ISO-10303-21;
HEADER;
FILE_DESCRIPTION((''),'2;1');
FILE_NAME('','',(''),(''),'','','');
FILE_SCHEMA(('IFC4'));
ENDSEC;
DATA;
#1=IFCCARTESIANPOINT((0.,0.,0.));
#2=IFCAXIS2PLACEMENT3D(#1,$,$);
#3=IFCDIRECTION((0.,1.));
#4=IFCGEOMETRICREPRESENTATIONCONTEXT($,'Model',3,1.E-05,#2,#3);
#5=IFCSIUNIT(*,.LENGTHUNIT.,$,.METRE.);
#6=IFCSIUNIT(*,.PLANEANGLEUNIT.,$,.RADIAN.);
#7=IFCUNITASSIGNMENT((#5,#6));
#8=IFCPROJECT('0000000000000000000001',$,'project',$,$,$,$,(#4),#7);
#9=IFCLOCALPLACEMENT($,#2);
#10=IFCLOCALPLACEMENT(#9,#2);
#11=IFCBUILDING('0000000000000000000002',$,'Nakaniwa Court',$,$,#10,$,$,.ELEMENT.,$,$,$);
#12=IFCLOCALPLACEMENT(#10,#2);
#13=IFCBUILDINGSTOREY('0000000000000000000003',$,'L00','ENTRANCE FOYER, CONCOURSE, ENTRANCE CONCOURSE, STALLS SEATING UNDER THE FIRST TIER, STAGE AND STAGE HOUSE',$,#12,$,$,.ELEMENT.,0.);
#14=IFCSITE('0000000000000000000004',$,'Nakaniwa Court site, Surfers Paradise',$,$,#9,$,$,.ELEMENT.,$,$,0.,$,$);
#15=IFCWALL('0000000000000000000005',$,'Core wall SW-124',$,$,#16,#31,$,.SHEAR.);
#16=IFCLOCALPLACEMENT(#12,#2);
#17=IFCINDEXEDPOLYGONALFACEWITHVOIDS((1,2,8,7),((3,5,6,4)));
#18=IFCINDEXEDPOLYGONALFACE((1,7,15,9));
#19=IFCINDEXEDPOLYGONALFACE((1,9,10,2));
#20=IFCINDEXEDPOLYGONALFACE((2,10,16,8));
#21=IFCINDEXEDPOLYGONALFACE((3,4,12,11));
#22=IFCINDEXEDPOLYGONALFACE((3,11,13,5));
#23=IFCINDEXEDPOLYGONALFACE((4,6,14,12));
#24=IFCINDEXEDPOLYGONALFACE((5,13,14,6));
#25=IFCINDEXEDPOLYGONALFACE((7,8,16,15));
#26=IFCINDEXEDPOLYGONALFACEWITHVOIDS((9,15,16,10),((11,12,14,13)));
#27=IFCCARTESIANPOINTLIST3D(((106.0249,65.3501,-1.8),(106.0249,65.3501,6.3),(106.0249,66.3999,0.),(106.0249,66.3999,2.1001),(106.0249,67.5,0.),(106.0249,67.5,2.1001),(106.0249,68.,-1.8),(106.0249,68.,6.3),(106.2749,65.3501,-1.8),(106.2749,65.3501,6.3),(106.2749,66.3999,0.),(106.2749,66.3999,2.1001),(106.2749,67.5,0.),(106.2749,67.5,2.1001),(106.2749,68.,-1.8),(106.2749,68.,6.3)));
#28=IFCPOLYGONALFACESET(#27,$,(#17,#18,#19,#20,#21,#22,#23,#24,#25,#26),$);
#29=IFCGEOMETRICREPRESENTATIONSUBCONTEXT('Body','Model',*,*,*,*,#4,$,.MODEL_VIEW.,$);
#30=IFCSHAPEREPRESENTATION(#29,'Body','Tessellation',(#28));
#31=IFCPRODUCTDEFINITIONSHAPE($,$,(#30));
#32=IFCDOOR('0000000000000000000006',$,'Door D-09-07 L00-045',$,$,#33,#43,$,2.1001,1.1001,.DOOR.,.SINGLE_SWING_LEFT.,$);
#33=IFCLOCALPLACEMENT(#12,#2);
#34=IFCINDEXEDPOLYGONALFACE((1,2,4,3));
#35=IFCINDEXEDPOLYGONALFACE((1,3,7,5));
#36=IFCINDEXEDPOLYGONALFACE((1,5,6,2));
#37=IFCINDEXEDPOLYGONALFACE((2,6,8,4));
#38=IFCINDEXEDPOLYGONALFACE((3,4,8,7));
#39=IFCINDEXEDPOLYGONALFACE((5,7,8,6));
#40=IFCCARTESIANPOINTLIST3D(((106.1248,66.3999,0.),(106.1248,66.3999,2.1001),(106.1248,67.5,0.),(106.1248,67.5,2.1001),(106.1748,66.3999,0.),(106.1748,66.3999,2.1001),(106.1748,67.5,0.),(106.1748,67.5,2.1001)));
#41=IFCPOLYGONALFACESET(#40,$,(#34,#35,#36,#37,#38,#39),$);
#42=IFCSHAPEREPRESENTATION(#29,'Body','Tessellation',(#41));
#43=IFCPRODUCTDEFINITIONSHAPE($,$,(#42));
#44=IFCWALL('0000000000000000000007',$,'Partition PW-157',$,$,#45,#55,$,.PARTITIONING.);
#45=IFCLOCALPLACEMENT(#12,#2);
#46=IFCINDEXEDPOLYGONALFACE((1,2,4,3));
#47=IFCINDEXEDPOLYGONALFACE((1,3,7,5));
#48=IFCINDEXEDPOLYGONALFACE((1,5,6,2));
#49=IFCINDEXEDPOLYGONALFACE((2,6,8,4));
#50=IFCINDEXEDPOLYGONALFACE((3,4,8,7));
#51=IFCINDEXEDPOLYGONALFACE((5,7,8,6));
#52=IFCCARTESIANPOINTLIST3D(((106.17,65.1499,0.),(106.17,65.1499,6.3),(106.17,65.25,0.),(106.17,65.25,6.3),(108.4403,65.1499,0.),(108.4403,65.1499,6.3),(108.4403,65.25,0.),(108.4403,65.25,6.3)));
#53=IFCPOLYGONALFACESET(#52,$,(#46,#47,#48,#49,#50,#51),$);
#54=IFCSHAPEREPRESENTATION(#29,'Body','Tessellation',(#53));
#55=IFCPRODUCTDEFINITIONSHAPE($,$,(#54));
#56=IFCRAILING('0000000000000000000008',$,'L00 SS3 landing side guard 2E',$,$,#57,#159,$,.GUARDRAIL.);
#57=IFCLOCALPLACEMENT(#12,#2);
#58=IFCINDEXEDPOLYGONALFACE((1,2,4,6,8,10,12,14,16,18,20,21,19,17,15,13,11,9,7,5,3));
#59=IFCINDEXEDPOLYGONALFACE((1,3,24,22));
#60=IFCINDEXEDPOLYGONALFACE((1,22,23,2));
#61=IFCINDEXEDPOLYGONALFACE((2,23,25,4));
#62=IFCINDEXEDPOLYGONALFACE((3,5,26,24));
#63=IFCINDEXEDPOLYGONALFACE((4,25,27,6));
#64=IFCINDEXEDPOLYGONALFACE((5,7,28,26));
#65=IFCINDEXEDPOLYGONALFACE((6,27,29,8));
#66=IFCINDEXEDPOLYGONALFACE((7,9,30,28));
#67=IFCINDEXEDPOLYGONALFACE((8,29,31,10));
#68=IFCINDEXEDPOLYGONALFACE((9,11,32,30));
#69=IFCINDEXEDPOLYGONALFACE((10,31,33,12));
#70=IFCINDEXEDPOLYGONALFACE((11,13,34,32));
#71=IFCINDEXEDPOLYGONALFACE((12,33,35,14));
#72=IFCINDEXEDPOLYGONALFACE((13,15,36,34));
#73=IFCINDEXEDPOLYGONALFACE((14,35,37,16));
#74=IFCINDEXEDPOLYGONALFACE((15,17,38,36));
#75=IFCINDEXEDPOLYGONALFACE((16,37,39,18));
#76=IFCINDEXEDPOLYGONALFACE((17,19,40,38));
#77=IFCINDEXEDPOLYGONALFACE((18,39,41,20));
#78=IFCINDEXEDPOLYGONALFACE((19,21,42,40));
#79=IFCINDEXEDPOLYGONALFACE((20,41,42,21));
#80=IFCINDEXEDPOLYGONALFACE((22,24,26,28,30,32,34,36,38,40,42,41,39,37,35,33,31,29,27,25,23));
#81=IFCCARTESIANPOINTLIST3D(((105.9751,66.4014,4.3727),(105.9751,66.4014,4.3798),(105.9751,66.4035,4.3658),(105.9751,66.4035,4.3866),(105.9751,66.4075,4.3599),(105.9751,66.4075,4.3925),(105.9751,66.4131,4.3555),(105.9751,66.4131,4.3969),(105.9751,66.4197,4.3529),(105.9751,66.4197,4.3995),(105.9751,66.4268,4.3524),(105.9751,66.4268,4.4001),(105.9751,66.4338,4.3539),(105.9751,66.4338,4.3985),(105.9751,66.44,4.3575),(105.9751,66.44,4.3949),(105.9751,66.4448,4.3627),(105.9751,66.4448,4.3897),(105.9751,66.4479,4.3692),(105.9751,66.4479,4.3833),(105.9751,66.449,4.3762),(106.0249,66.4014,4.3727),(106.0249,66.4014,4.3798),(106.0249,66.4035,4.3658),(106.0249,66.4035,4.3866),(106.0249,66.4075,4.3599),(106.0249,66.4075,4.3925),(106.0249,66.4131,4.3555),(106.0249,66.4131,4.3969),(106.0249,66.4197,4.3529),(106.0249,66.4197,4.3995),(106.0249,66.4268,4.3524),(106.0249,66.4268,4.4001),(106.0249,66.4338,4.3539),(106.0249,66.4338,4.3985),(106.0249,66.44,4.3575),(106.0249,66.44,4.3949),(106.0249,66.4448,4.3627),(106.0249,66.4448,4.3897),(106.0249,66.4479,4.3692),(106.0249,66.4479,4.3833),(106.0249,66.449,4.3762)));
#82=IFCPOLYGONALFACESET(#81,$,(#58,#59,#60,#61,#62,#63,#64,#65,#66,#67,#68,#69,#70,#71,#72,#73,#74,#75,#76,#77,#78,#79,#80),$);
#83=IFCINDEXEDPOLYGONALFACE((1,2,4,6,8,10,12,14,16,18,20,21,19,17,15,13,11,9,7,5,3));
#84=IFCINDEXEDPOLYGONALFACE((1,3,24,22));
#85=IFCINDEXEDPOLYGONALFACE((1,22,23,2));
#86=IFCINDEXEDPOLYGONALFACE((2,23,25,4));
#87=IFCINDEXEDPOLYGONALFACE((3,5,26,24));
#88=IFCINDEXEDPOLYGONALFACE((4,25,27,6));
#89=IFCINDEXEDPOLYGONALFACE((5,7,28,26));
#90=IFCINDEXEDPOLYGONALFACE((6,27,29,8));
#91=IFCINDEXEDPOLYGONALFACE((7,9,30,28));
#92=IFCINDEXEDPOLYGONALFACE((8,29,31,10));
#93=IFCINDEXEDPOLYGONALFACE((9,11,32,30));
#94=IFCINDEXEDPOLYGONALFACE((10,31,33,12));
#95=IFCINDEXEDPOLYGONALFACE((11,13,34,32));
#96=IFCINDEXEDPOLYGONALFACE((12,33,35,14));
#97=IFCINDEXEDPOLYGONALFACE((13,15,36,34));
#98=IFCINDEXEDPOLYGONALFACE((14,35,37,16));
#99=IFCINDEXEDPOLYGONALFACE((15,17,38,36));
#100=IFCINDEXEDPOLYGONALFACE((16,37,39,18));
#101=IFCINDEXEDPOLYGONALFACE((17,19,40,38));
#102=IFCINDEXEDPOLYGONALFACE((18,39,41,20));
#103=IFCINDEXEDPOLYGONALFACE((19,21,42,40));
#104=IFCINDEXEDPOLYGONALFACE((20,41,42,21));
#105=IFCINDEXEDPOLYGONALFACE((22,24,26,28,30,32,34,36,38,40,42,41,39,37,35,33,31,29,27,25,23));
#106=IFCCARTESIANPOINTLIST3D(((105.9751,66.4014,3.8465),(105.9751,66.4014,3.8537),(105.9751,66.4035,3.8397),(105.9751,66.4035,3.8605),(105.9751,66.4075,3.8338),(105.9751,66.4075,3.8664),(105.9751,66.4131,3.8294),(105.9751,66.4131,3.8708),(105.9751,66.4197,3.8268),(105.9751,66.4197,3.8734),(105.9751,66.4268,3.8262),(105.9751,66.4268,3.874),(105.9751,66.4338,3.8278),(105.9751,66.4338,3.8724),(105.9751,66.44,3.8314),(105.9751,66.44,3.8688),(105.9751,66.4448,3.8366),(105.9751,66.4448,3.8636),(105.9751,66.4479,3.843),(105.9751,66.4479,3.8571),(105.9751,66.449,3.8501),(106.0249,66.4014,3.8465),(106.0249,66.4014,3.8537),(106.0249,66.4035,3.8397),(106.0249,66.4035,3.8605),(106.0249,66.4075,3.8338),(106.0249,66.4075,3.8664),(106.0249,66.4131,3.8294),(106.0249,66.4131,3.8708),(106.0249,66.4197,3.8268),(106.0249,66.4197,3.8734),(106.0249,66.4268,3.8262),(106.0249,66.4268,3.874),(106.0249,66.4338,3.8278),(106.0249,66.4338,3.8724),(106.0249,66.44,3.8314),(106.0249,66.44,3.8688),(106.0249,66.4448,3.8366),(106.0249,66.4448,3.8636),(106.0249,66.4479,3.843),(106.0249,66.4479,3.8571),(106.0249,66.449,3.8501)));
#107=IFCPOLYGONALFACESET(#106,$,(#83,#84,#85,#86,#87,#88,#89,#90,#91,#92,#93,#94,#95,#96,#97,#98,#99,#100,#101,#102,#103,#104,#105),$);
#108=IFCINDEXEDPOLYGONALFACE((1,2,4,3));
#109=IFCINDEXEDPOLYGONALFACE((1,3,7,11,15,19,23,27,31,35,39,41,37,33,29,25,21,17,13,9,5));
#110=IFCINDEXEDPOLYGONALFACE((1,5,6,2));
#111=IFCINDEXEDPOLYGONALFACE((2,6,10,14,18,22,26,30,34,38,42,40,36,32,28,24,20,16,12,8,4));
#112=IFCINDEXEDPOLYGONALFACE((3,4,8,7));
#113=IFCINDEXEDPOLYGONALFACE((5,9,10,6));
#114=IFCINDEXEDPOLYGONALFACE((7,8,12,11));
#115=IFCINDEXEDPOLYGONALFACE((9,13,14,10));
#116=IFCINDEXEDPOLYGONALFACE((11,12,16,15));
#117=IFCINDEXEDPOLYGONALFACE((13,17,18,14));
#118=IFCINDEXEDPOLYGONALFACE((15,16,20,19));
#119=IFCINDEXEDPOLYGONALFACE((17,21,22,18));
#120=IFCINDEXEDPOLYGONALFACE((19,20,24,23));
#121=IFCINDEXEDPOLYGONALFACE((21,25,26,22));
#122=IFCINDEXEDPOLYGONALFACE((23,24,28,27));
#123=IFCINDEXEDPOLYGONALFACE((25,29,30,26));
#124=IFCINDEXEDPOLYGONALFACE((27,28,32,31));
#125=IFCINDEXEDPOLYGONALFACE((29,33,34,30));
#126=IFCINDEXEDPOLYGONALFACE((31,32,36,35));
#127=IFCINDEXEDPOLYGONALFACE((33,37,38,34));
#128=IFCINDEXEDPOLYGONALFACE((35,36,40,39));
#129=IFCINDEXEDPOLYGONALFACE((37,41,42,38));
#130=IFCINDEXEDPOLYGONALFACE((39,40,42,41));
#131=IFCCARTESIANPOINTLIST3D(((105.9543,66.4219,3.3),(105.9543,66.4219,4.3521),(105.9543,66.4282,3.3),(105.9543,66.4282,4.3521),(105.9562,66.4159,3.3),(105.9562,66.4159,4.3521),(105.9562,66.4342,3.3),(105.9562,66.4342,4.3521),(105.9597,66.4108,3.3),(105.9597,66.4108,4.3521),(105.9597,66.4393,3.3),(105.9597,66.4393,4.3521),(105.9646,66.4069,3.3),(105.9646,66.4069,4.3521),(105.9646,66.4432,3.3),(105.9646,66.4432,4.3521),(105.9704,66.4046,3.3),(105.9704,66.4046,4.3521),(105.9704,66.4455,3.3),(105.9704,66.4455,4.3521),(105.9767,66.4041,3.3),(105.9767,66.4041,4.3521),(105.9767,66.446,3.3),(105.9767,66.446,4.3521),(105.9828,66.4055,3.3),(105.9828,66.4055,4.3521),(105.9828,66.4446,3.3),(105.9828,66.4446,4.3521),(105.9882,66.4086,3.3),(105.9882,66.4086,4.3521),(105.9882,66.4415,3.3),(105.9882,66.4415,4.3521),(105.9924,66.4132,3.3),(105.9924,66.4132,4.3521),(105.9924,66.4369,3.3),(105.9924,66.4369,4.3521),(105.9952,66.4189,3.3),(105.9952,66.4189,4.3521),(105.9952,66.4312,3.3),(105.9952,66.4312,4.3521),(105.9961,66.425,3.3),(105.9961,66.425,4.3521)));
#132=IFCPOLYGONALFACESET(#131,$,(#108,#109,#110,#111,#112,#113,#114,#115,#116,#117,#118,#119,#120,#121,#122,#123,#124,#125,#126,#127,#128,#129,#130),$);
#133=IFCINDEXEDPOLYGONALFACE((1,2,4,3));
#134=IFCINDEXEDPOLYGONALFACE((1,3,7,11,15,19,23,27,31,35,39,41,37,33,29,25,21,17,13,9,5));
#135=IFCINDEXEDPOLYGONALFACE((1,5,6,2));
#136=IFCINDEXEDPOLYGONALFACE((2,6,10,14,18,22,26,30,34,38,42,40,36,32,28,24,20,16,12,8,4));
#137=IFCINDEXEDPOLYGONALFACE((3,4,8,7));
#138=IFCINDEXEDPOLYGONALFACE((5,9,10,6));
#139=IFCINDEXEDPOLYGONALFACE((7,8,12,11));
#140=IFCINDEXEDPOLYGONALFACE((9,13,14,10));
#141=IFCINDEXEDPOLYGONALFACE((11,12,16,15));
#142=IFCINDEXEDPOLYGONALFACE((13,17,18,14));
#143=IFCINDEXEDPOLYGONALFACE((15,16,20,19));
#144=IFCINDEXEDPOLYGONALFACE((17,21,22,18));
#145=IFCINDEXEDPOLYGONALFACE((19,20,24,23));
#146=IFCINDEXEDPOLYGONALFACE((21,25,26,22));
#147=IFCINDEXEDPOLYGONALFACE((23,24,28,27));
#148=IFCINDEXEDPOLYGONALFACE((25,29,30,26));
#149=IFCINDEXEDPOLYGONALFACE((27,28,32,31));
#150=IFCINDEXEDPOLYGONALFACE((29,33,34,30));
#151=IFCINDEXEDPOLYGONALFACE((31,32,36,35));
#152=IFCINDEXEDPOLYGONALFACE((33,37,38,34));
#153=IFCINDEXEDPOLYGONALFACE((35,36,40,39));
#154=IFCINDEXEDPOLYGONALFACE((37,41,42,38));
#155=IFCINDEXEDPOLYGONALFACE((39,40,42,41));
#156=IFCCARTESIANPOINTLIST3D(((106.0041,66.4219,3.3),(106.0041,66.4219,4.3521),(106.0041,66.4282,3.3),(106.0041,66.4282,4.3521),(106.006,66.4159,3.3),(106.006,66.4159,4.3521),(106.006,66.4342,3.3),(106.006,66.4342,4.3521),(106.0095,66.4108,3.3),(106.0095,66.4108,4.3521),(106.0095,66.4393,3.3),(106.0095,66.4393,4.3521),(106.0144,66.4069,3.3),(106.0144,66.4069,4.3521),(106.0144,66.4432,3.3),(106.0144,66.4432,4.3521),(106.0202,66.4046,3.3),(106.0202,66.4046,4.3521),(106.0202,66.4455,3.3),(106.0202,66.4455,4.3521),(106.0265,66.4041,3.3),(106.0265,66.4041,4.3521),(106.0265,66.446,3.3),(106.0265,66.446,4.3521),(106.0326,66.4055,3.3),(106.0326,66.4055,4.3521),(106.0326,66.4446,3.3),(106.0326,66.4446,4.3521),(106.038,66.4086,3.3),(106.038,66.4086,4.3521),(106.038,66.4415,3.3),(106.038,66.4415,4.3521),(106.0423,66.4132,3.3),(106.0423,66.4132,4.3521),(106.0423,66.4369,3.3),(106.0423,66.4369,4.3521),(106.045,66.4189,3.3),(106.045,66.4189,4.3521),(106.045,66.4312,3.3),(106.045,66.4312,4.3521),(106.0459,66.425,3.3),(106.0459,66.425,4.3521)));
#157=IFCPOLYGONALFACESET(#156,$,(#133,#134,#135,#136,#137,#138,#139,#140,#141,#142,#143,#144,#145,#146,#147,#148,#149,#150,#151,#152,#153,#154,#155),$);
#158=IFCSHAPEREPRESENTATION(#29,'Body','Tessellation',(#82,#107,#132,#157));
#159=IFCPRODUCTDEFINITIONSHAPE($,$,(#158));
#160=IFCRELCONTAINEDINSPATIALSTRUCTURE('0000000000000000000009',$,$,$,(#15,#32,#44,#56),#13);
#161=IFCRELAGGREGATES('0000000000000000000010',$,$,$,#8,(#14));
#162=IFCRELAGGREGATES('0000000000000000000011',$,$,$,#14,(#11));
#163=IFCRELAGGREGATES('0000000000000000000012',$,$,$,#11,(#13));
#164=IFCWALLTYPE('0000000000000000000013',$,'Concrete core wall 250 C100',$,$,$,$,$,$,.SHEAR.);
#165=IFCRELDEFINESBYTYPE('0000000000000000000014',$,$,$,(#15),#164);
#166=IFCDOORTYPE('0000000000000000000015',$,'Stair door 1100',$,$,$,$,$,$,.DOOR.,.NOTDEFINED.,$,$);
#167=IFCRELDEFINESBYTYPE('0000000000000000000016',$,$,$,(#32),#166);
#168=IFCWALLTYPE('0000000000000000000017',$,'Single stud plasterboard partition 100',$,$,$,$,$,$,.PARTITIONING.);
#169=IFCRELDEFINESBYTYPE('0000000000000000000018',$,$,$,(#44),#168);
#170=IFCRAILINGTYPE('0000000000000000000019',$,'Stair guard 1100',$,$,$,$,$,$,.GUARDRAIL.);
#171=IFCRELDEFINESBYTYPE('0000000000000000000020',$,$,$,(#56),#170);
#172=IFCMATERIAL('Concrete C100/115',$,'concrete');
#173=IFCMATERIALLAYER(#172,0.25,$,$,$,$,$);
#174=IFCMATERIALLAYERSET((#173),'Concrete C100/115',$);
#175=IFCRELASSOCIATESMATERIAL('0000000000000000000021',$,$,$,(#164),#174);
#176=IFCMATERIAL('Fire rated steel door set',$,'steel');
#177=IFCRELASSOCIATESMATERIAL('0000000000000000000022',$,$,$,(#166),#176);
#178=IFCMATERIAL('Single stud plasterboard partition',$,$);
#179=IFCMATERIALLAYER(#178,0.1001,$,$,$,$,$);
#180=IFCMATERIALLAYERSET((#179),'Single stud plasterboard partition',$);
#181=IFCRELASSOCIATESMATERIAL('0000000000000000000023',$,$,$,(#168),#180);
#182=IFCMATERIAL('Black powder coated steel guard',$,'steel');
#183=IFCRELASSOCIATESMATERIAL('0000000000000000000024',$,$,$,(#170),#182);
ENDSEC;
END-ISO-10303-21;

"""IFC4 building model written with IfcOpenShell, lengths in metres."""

from ifc_helpers import new_model, si_unit, direction, frame, frame_2d, origin, origin_2d, place, context, subcontext, project, spatial, rectangle, circle, extrude, material, layer, layer_set, type_object, element, fill, save


model = new_model("IFC4")

# Units and contexts
model_context = context("Model", 3, precision=1e-05, world=origin(), true_north=direction((0.0, 1.0)))
body_context = subcontext(model_context, "Body", "Model", "MODEL_VIEW")
ifc_project = project(units=[si_unit("LENGTHUNIT", "METRE"), si_unit("PLANEANGLEUNIT", "RADIAN")], contexts=[model_context])

# Site, building, storey
site_placement = place(None, origin())
site = spatial("IfcSite", under=ifc_project, at=site_placement, Name="Nakaniwa Court site, Surfers Paradise", CompositionType="ELEMENT", RefElevation=0.0)
building_placement = place(site_placement, origin())
building = spatial("IfcBuilding", under=site, at=building_placement, Name="Nakaniwa Court", CompositionType="ELEMENT")
storey_placement = place(building_placement, origin())
storey = spatial("IfcBuildingStorey", under=building, at=storey_placement, Name="L00", Description="ENTRANCE FOYER, CONCOURSE, ENTRANCE CONCOURSE, STALLS SEATING UNDER THE FIRST TIER, STAGE AND STAGE HOUSE", CompositionType="ELEMENT", Elevation=0.0)

# Shared definitions
ifc_material_1 = material(Name="Concrete C100/115", Category="concrete")

# Wall, opening, door
ifc_layer_1 = layer(ifc_material_1, 0.25)
ifc_layer_set_1 = layer_set([ifc_layer_1], Name="Concrete C100/115")
wall_type_1 = type_object("IfcWallType", Name="Concrete core wall 250 C100", PredefinedType="SHEAR", material=ifc_layer_set_1)
wall_1_placement = place(storey_placement, frame((106.1499, 68.0, -1.8), z_axis=(0.0, 0.0, 1.0), x_axis=(0.0, -1.0, 0.0)))
wall_1 = element("IfcWall", 1, at=wall_1_placement, inside=storey, type_object=wall_type_1, Name="Core wall SW-124", PredefinedType="SHEAR", context=body_context, shape_type="SweptSolid", body=[
    extrude(rectangle(XDim=2.6499, YDim=0.25, at=frame_2d((1.325, 0.0))), origin(), (0.0, 0.0, 1.0), 8.1001),
])
opening_1_placement = place(wall_1_placement, frame((0.5, 0.0, 1.8)))
opening_1 = element("IfcOpeningElement", 2, at=opening_1_placement, cuts=wall_1, PredefinedType="OPENING", context=body_context, shape_type="SweptSolid", body=[
    extrude(rectangle(XDim=1.1001, YDim=2.1001, at=frame_2d((0.55, 1.05))), frame((0.0, 0.135, 0.0), z_axis=(0.0, -1.0, 0.0), x_axis=(1.0, 0.0, 0.0)), (0.0, 0.0, 1.0), 0.27),
])
ifc_material_2 = material(Name="Fire rated steel door set", Category="steel")
door_type_1 = type_object("IfcDoorType", Name="Stair door 1100", OperationType="NOTDEFINED", PredefinedType="DOOR", material=ifc_material_2)
door_1_placement = place(opening_1_placement, origin())
door_1 = element("IfcDoor", 3, at=door_1_placement, inside=storey, type_object=door_type_1, Name="Door D-09-07 L00-045", OperationType="SINGLE_SWING_LEFT", OverallHeight=2.1001, OverallWidth=1.1001, PredefinedType="DOOR", context=body_context, shape_type="SweptSolid", body=[
    extrude(rectangle(XDim=1.1001, YDim=2.1001, at=frame_2d((0.55, 1.05))), frame((0.0, 0.0249, 0.0), z_axis=(0.0, -1.0, 0.0), x_axis=(1.0, 0.0, 0.0)), (0.0, 0.0, 1.0), 0.05),
])
fill(opening_1, door_1)

# Wall
ifc_material_3 = material(Name="Single stud plasterboard partition")
ifc_layer_2 = layer(ifc_material_3, 0.1001)
ifc_layer_set_2 = layer_set([ifc_layer_2], Name="Single stud plasterboard partition")
wall_type_2 = type_object("IfcWallType", Name="Single stud plasterboard partition 100", PredefinedType="PARTITIONING", material=ifc_layer_set_2)
wall_2_placement = place(storey_placement, frame((106.1699, 65.2, 0.0), z_axis=(0.0, 0.0, 1.0), x_axis=(1.0, 0.0, 0.0)))
element("IfcWall", 4, at=wall_2_placement, inside=storey, type_object=wall_type_2, Name="Partition PW-157", PredefinedType="PARTITIONING", context=body_context, shape_type="SweptSolid", body=[
    extrude(rectangle(XDim=2.2703, YDim=0.1001, at=frame_2d((1.1353, 0.0))), origin(), (0.0, 0.0, 1.0), 6.3),
])

# Railing
ifc_material_4 = material(Name="Black powder coated steel guard", Category="steel")
railing_type_1 = type_object("IfcRailingType", Name="Stair guard 1100", PredefinedType="GUARDRAIL", material=ifc_material_4)
for number, where, name in (
    (5, (105.9751, 66.425, 3.3), "L00 SS3 landing side guard 2E"),
):
    element("IfcRailing", number, at=place(storey_placement, frame(where)), inside=storey, type_object=railing_type_1, Name=name, PredefinedType="GUARDRAIL", context=body_context, shape_type="SweptSolid", body=[
        extrude(circle(Radius=0.0239, at=origin_2d()), frame((0.0, 0.0, 1.0762), z_axis=(1.0, 0.0, 0.0), x_axis=(0.0, 1.0, 0.0)), (0.0, 0.0, 1.0), 0.0498),
        extrude(circle(Radius=0.0239, at=origin_2d()), frame((0.0, 0.0, 0.55), z_axis=(1.0, 0.0, 0.0), x_axis=(0.0, 1.0, 0.0)), (0.0, 0.0, 1.0), 0.0498),
        extrude(circle(Radius=0.021, at=origin_2d()), origin(), (0.0, 0.0, 1.0), 1.052),
        extrude(circle(Radius=0.021, at=origin_2d()), frame((0.0498, 0.0, 0.0)), (0.0, 0.0, 1.0), 1.052),
    ])

save(model, "model.ifc")
